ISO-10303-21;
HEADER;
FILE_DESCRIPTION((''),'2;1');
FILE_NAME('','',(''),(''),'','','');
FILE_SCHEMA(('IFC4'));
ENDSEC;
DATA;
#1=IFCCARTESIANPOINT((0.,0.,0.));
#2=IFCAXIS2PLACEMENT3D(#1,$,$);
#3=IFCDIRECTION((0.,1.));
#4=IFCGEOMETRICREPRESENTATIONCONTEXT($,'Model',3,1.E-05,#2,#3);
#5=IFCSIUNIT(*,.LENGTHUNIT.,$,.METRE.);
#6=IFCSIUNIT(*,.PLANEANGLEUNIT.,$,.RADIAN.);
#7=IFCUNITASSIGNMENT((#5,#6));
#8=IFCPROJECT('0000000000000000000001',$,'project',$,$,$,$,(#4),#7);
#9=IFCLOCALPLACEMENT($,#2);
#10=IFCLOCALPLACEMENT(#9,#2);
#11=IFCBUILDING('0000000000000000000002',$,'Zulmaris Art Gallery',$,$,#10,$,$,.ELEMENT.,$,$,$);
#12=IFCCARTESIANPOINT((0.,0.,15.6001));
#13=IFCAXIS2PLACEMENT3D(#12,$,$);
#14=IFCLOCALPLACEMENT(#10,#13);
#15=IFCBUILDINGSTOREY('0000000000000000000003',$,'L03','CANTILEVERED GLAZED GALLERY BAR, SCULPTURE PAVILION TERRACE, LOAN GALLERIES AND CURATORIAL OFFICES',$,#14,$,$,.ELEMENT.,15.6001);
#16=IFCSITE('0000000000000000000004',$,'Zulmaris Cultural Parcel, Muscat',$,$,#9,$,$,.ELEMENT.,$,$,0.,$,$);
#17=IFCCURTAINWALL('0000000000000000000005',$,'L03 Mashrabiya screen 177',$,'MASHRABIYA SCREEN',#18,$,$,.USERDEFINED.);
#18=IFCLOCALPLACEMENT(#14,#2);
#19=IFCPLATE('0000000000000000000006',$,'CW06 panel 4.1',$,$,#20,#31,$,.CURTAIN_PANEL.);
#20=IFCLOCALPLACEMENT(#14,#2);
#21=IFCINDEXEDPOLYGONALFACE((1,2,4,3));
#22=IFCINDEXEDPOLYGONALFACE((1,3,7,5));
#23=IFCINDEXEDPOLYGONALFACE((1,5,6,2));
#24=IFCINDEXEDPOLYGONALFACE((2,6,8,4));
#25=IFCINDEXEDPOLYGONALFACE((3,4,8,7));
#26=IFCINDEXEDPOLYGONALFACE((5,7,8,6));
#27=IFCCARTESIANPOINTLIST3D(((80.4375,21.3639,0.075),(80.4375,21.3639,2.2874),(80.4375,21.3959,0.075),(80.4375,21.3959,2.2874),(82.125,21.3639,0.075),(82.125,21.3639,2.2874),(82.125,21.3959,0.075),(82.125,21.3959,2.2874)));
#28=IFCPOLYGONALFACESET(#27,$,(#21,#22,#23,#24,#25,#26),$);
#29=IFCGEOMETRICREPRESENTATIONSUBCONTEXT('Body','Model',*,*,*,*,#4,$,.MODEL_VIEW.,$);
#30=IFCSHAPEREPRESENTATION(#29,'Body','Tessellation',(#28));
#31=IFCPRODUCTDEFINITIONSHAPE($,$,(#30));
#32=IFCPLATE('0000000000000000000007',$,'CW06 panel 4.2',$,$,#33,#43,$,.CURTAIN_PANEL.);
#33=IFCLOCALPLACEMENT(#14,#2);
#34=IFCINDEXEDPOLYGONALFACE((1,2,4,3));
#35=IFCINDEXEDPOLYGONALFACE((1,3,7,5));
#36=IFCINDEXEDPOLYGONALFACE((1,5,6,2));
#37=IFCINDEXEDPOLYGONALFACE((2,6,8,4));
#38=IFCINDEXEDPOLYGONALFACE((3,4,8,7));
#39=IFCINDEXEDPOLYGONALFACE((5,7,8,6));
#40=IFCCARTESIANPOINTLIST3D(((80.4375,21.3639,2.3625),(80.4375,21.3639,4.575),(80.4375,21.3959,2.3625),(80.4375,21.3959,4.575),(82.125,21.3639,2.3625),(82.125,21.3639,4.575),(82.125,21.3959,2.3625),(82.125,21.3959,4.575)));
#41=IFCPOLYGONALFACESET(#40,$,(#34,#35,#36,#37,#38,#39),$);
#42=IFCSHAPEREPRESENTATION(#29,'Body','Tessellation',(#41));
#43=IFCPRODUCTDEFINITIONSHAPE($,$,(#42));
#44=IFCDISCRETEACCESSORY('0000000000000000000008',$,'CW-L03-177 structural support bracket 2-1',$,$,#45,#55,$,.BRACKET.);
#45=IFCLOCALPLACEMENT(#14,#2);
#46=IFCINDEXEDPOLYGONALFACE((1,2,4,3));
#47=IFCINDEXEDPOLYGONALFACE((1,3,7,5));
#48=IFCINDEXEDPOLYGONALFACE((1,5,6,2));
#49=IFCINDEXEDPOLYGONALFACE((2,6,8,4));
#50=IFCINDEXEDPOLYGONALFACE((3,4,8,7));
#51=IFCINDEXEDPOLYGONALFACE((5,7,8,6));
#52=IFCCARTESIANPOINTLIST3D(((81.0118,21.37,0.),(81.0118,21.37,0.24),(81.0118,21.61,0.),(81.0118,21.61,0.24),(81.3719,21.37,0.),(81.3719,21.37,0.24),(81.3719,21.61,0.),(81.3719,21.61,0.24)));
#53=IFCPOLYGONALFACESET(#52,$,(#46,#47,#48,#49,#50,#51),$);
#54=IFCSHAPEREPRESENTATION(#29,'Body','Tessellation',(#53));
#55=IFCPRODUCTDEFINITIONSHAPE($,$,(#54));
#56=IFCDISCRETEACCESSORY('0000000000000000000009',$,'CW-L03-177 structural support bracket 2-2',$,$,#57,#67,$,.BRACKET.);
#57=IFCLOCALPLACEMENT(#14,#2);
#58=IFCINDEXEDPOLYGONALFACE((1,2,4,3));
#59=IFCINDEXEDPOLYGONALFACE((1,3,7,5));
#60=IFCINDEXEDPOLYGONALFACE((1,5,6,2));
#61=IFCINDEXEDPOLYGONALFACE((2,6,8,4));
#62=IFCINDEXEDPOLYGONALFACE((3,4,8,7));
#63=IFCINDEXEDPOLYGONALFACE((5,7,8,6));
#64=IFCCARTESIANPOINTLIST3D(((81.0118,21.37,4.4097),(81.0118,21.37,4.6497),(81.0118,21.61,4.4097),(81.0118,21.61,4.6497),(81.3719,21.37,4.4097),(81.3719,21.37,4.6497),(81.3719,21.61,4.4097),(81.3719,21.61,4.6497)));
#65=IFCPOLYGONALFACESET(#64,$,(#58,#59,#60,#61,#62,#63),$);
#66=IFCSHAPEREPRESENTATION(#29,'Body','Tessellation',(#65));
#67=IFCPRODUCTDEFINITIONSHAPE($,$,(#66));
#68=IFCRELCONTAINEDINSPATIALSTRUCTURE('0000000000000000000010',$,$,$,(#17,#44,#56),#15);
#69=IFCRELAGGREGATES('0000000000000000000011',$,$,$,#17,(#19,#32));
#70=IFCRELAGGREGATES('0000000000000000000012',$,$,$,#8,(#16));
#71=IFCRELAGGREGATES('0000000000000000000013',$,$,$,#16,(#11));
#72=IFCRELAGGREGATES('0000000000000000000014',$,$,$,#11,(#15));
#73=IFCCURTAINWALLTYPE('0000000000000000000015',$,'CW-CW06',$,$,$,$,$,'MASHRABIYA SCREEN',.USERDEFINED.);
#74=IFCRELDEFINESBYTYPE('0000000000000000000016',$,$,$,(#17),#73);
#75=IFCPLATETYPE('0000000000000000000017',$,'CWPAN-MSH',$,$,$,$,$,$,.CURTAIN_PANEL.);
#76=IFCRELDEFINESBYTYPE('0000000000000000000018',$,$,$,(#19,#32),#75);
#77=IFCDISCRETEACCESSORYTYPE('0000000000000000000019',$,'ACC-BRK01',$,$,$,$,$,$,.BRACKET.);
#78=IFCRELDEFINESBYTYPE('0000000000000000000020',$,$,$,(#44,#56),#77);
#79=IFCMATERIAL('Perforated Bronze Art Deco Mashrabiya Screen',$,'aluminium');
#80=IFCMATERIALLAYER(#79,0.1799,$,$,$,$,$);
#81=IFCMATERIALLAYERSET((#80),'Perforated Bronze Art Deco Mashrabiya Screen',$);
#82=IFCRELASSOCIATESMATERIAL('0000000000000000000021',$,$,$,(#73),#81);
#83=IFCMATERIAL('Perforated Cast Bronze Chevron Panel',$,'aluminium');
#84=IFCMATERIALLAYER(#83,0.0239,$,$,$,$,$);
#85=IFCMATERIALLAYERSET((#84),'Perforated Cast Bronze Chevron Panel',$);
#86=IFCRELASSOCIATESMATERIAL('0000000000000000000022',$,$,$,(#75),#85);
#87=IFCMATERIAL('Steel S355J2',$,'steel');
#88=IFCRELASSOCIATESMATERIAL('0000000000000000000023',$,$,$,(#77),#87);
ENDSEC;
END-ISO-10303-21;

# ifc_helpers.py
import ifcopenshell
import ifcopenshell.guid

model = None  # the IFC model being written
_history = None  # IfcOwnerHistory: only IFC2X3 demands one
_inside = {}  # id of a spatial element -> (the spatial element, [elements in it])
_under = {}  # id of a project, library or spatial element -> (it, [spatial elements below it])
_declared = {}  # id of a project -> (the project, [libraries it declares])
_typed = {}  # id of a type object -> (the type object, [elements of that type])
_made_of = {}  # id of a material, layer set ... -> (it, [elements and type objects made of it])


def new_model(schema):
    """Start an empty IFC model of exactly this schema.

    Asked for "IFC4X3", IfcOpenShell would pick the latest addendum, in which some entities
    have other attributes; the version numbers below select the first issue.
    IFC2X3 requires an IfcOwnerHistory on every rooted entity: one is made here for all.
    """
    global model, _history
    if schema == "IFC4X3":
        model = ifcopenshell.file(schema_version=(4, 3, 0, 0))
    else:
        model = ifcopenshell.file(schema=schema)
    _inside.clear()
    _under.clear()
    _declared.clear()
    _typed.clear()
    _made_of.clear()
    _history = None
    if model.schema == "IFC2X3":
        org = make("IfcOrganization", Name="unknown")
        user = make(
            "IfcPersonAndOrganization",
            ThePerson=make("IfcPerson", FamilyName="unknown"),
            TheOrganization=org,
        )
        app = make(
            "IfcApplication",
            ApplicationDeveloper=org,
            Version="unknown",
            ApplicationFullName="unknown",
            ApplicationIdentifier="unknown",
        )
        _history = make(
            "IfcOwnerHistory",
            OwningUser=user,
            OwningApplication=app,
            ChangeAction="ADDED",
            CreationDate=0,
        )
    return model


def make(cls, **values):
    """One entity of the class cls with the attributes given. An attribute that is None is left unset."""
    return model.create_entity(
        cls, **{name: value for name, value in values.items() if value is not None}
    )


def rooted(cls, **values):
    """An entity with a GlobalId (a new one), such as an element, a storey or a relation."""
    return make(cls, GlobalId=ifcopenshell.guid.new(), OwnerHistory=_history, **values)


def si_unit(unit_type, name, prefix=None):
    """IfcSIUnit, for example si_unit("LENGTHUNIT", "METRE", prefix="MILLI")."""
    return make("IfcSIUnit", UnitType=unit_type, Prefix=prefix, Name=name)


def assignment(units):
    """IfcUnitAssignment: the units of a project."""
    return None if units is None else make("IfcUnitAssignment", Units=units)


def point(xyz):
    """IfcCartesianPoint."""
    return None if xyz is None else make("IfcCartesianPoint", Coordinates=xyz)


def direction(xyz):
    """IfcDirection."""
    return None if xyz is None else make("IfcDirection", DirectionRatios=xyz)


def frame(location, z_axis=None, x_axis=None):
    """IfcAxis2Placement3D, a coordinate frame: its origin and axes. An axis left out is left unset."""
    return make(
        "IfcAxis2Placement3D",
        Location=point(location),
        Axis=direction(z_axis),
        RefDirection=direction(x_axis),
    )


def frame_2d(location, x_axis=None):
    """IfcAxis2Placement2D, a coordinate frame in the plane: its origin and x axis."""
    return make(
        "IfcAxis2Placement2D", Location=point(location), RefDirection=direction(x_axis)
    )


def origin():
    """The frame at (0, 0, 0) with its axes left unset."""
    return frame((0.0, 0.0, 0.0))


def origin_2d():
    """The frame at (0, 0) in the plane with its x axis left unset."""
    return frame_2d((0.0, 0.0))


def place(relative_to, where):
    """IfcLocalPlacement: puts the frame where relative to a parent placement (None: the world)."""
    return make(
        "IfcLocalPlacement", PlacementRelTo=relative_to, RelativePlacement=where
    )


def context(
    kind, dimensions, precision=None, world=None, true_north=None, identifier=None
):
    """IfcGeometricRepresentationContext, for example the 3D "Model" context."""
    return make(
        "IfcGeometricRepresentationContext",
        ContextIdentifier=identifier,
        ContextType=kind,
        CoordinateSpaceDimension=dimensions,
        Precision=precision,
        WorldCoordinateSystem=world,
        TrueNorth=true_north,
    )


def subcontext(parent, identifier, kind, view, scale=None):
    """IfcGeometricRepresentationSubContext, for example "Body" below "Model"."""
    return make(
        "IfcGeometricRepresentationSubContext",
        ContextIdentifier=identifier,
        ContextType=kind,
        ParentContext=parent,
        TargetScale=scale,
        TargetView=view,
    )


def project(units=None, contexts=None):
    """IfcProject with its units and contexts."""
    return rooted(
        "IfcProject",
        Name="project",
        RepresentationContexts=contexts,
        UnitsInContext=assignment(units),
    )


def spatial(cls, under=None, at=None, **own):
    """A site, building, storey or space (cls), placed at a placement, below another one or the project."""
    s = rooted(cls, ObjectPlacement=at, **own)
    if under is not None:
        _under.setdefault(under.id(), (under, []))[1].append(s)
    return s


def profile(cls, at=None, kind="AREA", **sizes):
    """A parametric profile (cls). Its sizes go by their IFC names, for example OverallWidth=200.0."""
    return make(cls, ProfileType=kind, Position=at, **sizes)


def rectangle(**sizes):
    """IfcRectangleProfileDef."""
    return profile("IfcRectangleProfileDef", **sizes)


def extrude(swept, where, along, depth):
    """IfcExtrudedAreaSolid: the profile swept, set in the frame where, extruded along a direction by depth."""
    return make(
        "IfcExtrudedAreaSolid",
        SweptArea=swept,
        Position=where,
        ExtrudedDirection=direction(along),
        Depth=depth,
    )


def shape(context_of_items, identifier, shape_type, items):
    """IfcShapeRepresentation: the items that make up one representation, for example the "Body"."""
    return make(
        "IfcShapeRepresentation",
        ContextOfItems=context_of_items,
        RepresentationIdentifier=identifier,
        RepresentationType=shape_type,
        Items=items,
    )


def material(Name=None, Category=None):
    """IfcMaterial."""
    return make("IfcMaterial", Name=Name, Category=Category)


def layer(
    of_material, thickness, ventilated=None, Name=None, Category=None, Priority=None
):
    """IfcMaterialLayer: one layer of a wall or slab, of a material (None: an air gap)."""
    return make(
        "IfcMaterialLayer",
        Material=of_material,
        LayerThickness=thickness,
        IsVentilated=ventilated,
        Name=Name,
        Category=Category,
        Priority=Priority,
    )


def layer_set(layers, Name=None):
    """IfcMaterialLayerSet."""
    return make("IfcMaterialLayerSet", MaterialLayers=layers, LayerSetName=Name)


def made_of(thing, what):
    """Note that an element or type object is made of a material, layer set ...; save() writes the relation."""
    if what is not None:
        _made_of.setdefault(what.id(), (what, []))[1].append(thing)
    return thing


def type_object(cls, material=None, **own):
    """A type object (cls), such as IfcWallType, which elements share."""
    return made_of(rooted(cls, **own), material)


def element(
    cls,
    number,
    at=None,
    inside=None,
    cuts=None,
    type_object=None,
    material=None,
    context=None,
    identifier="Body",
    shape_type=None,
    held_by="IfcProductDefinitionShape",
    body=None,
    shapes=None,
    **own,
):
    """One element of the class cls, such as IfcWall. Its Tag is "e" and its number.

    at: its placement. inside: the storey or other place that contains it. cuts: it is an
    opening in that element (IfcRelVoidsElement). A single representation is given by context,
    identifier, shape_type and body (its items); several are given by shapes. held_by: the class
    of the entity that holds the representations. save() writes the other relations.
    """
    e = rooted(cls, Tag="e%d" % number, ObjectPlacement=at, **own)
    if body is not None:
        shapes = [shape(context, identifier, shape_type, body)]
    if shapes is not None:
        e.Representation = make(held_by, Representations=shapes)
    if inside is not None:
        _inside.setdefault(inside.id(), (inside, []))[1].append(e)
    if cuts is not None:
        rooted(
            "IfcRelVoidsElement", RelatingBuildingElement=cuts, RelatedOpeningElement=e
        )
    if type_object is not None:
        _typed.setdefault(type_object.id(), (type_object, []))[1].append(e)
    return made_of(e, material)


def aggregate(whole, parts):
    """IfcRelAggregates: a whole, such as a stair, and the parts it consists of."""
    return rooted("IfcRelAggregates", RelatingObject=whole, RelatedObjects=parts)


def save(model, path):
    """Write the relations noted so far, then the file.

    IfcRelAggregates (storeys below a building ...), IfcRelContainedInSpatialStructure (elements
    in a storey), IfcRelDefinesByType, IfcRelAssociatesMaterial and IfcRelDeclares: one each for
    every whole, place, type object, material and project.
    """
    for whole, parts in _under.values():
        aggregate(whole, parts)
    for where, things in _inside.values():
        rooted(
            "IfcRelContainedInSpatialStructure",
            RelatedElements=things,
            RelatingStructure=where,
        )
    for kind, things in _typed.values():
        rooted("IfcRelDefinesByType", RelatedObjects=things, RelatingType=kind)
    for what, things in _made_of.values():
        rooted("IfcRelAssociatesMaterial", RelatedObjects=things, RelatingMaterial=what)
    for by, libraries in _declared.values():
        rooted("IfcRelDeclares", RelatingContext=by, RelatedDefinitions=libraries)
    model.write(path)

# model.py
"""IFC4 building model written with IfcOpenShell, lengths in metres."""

from ifc_helpers import new_model, si_unit, direction, frame, origin, origin_2d, place, context, subcontext, project, spatial, rectangle, extrude, material, layer, layer_set, type_object, element, aggregate, save


model = new_model("IFC4")

# Units and contexts
model_context = context("Model", 3, precision=1e-05, world=origin(), true_north=direction((0.0, 1.0)))
body_context = subcontext(model_context, "Body", "Model", "MODEL_VIEW")
ifc_project = project(units=[si_unit("LENGTHUNIT", "METRE"), si_unit("PLANEANGLEUNIT", "RADIAN")], contexts=[model_context])

# Site, building, storey
site_placement = place(None, origin())
site = spatial("IfcSite", under=ifc_project, at=site_placement, Name="Zulmaris Cultural Parcel, Muscat", CompositionType="ELEMENT", RefElevation=0.0)
building_placement = place(site_placement, origin())
building = spatial("IfcBuilding", under=site, at=building_placement, Name="Zulmaris Art Gallery", CompositionType="ELEMENT")
storey_placement = place(building_placement, frame((0.0, 0.0, 15.6001)))
storey = spatial("IfcBuildingStorey", under=building, at=storey_placement, Name="L03", Description="CANTILEVERED GLAZED GALLERY BAR, SCULPTURE PAVILION TERRACE, LOAN GALLERIES AND CURATORIAL OFFICES", CompositionType="ELEMENT", Elevation=15.6001)

# Shared definitions
ifc_material_1 = material(Name="Steel S355J2", Category="steel")

# Curtain wall
ifc_material_2 = material(Name="Perforated Bronze Art Deco Mashrabiya Screen", Category="aluminium")
ifc_layer_1 = layer(ifc_material_2, 0.1799)
ifc_layer_set_1 = layer_set([ifc_layer_1], Name="Perforated Bronze Art Deco Mashrabiya Screen")
curtain_wall_type_1 = type_object("IfcCurtainWallType", Name="CW-CW06", ElementType="MASHRABIYA SCREEN", PredefinedType="USERDEFINED", material=ifc_layer_set_1)
curtain_wall_1_placement = place(storey_placement, origin())
curtain_wall_1 = element("IfcCurtainWall", 1, at=curtain_wall_1_placement, inside=storey, type_object=curtain_wall_type_1, Name="L03 Mashrabiya screen 177", ObjectType="MASHRABIYA SCREEN", PredefinedType="USERDEFINED")

# Plates
ifc_material_3 = material(Name="Perforated Cast Bronze Chevron Panel", Category="aluminium")
ifc_layer_2 = layer(ifc_material_3, 0.0239)
ifc_layer_set_2 = layer_set([ifc_layer_2], Name="Perforated Cast Bronze Chevron Panel")
plate_type_1 = type_object("IfcPlateType", Name="CWPAN-MSH", PredefinedType="CURTAIN_PANEL", material=ifc_layer_set_2)
plate_1_placement = place(storey_placement, frame((81.2812, 21.3799, 0.075), z_axis=(0.0, 0.0, 1.0), x_axis=(1.0, 0.0, 0.0)))
plate_1 = element("IfcPlate", 2, at=plate_1_placement, type_object=plate_type_1, Name="CW06 panel 4.1", PredefinedType="CURTAIN_PANEL", context=body_context, shape_type="SweptSolid", body=[
    extrude(rectangle(XDim=1.6875, YDim=0.032, at=origin_2d()), origin(), (0.0, 0.0, 1.0), 2.2124),
])
plate_2_placement = place(storey_placement, frame((81.2812, 21.3799, 2.3625), z_axis=(0.0, 0.0, 1.0), x_axis=(1.0, 0.0, 0.0)))
plate_2 = element("IfcPlate", 3, at=plate_2_placement, type_object=plate_type_1, Name="CW06 panel 4.2", PredefinedType="CURTAIN_PANEL", context=body_context, shape_type="SweptSolid", body=[
    extrude(rectangle(XDim=1.6875, YDim=0.032, at=origin_2d()), origin(), (0.0, 0.0, 1.0), 2.2124),
])
aggregate(curtain_wall_1, [plate_1, plate_2])

# Discrete accessories
discrete_accessory_type = type_object("IfcDiscreteAccessoryType", Name="ACC-BRK01", PredefinedType="BRACKET", material=ifc_material_1)
for number, where, z_axis, x_axis, name in (
    (4, (81.1919, 21.49, 0.0), (0.0, 0.0, 1.0), (1.0, 0.0, 0.0), "CW-L03-177 structural support bracket 2-1"),
    (5, (81.1919, 21.49, 4.4097), (0.0, 0.0, 1.0), (1.0, 0.0, 0.0), "CW-L03-177 structural support bracket 2-2"),
):
    element("IfcDiscreteAccessory", number, at=place(storey_placement, frame(where, z_axis=z_axis, x_axis=x_axis)), inside=storey, type_object=discrete_accessory_type, Name=name, PredefinedType="BRACKET", context=body_context, shape_type="SweptSolid", body=[
        extrude(rectangle(XDim=0.3601, YDim=0.24, at=origin_2d()), origin(), (0.0, 0.0, 1.0), 0.24),
    ])

save(model, "model.ifc")
